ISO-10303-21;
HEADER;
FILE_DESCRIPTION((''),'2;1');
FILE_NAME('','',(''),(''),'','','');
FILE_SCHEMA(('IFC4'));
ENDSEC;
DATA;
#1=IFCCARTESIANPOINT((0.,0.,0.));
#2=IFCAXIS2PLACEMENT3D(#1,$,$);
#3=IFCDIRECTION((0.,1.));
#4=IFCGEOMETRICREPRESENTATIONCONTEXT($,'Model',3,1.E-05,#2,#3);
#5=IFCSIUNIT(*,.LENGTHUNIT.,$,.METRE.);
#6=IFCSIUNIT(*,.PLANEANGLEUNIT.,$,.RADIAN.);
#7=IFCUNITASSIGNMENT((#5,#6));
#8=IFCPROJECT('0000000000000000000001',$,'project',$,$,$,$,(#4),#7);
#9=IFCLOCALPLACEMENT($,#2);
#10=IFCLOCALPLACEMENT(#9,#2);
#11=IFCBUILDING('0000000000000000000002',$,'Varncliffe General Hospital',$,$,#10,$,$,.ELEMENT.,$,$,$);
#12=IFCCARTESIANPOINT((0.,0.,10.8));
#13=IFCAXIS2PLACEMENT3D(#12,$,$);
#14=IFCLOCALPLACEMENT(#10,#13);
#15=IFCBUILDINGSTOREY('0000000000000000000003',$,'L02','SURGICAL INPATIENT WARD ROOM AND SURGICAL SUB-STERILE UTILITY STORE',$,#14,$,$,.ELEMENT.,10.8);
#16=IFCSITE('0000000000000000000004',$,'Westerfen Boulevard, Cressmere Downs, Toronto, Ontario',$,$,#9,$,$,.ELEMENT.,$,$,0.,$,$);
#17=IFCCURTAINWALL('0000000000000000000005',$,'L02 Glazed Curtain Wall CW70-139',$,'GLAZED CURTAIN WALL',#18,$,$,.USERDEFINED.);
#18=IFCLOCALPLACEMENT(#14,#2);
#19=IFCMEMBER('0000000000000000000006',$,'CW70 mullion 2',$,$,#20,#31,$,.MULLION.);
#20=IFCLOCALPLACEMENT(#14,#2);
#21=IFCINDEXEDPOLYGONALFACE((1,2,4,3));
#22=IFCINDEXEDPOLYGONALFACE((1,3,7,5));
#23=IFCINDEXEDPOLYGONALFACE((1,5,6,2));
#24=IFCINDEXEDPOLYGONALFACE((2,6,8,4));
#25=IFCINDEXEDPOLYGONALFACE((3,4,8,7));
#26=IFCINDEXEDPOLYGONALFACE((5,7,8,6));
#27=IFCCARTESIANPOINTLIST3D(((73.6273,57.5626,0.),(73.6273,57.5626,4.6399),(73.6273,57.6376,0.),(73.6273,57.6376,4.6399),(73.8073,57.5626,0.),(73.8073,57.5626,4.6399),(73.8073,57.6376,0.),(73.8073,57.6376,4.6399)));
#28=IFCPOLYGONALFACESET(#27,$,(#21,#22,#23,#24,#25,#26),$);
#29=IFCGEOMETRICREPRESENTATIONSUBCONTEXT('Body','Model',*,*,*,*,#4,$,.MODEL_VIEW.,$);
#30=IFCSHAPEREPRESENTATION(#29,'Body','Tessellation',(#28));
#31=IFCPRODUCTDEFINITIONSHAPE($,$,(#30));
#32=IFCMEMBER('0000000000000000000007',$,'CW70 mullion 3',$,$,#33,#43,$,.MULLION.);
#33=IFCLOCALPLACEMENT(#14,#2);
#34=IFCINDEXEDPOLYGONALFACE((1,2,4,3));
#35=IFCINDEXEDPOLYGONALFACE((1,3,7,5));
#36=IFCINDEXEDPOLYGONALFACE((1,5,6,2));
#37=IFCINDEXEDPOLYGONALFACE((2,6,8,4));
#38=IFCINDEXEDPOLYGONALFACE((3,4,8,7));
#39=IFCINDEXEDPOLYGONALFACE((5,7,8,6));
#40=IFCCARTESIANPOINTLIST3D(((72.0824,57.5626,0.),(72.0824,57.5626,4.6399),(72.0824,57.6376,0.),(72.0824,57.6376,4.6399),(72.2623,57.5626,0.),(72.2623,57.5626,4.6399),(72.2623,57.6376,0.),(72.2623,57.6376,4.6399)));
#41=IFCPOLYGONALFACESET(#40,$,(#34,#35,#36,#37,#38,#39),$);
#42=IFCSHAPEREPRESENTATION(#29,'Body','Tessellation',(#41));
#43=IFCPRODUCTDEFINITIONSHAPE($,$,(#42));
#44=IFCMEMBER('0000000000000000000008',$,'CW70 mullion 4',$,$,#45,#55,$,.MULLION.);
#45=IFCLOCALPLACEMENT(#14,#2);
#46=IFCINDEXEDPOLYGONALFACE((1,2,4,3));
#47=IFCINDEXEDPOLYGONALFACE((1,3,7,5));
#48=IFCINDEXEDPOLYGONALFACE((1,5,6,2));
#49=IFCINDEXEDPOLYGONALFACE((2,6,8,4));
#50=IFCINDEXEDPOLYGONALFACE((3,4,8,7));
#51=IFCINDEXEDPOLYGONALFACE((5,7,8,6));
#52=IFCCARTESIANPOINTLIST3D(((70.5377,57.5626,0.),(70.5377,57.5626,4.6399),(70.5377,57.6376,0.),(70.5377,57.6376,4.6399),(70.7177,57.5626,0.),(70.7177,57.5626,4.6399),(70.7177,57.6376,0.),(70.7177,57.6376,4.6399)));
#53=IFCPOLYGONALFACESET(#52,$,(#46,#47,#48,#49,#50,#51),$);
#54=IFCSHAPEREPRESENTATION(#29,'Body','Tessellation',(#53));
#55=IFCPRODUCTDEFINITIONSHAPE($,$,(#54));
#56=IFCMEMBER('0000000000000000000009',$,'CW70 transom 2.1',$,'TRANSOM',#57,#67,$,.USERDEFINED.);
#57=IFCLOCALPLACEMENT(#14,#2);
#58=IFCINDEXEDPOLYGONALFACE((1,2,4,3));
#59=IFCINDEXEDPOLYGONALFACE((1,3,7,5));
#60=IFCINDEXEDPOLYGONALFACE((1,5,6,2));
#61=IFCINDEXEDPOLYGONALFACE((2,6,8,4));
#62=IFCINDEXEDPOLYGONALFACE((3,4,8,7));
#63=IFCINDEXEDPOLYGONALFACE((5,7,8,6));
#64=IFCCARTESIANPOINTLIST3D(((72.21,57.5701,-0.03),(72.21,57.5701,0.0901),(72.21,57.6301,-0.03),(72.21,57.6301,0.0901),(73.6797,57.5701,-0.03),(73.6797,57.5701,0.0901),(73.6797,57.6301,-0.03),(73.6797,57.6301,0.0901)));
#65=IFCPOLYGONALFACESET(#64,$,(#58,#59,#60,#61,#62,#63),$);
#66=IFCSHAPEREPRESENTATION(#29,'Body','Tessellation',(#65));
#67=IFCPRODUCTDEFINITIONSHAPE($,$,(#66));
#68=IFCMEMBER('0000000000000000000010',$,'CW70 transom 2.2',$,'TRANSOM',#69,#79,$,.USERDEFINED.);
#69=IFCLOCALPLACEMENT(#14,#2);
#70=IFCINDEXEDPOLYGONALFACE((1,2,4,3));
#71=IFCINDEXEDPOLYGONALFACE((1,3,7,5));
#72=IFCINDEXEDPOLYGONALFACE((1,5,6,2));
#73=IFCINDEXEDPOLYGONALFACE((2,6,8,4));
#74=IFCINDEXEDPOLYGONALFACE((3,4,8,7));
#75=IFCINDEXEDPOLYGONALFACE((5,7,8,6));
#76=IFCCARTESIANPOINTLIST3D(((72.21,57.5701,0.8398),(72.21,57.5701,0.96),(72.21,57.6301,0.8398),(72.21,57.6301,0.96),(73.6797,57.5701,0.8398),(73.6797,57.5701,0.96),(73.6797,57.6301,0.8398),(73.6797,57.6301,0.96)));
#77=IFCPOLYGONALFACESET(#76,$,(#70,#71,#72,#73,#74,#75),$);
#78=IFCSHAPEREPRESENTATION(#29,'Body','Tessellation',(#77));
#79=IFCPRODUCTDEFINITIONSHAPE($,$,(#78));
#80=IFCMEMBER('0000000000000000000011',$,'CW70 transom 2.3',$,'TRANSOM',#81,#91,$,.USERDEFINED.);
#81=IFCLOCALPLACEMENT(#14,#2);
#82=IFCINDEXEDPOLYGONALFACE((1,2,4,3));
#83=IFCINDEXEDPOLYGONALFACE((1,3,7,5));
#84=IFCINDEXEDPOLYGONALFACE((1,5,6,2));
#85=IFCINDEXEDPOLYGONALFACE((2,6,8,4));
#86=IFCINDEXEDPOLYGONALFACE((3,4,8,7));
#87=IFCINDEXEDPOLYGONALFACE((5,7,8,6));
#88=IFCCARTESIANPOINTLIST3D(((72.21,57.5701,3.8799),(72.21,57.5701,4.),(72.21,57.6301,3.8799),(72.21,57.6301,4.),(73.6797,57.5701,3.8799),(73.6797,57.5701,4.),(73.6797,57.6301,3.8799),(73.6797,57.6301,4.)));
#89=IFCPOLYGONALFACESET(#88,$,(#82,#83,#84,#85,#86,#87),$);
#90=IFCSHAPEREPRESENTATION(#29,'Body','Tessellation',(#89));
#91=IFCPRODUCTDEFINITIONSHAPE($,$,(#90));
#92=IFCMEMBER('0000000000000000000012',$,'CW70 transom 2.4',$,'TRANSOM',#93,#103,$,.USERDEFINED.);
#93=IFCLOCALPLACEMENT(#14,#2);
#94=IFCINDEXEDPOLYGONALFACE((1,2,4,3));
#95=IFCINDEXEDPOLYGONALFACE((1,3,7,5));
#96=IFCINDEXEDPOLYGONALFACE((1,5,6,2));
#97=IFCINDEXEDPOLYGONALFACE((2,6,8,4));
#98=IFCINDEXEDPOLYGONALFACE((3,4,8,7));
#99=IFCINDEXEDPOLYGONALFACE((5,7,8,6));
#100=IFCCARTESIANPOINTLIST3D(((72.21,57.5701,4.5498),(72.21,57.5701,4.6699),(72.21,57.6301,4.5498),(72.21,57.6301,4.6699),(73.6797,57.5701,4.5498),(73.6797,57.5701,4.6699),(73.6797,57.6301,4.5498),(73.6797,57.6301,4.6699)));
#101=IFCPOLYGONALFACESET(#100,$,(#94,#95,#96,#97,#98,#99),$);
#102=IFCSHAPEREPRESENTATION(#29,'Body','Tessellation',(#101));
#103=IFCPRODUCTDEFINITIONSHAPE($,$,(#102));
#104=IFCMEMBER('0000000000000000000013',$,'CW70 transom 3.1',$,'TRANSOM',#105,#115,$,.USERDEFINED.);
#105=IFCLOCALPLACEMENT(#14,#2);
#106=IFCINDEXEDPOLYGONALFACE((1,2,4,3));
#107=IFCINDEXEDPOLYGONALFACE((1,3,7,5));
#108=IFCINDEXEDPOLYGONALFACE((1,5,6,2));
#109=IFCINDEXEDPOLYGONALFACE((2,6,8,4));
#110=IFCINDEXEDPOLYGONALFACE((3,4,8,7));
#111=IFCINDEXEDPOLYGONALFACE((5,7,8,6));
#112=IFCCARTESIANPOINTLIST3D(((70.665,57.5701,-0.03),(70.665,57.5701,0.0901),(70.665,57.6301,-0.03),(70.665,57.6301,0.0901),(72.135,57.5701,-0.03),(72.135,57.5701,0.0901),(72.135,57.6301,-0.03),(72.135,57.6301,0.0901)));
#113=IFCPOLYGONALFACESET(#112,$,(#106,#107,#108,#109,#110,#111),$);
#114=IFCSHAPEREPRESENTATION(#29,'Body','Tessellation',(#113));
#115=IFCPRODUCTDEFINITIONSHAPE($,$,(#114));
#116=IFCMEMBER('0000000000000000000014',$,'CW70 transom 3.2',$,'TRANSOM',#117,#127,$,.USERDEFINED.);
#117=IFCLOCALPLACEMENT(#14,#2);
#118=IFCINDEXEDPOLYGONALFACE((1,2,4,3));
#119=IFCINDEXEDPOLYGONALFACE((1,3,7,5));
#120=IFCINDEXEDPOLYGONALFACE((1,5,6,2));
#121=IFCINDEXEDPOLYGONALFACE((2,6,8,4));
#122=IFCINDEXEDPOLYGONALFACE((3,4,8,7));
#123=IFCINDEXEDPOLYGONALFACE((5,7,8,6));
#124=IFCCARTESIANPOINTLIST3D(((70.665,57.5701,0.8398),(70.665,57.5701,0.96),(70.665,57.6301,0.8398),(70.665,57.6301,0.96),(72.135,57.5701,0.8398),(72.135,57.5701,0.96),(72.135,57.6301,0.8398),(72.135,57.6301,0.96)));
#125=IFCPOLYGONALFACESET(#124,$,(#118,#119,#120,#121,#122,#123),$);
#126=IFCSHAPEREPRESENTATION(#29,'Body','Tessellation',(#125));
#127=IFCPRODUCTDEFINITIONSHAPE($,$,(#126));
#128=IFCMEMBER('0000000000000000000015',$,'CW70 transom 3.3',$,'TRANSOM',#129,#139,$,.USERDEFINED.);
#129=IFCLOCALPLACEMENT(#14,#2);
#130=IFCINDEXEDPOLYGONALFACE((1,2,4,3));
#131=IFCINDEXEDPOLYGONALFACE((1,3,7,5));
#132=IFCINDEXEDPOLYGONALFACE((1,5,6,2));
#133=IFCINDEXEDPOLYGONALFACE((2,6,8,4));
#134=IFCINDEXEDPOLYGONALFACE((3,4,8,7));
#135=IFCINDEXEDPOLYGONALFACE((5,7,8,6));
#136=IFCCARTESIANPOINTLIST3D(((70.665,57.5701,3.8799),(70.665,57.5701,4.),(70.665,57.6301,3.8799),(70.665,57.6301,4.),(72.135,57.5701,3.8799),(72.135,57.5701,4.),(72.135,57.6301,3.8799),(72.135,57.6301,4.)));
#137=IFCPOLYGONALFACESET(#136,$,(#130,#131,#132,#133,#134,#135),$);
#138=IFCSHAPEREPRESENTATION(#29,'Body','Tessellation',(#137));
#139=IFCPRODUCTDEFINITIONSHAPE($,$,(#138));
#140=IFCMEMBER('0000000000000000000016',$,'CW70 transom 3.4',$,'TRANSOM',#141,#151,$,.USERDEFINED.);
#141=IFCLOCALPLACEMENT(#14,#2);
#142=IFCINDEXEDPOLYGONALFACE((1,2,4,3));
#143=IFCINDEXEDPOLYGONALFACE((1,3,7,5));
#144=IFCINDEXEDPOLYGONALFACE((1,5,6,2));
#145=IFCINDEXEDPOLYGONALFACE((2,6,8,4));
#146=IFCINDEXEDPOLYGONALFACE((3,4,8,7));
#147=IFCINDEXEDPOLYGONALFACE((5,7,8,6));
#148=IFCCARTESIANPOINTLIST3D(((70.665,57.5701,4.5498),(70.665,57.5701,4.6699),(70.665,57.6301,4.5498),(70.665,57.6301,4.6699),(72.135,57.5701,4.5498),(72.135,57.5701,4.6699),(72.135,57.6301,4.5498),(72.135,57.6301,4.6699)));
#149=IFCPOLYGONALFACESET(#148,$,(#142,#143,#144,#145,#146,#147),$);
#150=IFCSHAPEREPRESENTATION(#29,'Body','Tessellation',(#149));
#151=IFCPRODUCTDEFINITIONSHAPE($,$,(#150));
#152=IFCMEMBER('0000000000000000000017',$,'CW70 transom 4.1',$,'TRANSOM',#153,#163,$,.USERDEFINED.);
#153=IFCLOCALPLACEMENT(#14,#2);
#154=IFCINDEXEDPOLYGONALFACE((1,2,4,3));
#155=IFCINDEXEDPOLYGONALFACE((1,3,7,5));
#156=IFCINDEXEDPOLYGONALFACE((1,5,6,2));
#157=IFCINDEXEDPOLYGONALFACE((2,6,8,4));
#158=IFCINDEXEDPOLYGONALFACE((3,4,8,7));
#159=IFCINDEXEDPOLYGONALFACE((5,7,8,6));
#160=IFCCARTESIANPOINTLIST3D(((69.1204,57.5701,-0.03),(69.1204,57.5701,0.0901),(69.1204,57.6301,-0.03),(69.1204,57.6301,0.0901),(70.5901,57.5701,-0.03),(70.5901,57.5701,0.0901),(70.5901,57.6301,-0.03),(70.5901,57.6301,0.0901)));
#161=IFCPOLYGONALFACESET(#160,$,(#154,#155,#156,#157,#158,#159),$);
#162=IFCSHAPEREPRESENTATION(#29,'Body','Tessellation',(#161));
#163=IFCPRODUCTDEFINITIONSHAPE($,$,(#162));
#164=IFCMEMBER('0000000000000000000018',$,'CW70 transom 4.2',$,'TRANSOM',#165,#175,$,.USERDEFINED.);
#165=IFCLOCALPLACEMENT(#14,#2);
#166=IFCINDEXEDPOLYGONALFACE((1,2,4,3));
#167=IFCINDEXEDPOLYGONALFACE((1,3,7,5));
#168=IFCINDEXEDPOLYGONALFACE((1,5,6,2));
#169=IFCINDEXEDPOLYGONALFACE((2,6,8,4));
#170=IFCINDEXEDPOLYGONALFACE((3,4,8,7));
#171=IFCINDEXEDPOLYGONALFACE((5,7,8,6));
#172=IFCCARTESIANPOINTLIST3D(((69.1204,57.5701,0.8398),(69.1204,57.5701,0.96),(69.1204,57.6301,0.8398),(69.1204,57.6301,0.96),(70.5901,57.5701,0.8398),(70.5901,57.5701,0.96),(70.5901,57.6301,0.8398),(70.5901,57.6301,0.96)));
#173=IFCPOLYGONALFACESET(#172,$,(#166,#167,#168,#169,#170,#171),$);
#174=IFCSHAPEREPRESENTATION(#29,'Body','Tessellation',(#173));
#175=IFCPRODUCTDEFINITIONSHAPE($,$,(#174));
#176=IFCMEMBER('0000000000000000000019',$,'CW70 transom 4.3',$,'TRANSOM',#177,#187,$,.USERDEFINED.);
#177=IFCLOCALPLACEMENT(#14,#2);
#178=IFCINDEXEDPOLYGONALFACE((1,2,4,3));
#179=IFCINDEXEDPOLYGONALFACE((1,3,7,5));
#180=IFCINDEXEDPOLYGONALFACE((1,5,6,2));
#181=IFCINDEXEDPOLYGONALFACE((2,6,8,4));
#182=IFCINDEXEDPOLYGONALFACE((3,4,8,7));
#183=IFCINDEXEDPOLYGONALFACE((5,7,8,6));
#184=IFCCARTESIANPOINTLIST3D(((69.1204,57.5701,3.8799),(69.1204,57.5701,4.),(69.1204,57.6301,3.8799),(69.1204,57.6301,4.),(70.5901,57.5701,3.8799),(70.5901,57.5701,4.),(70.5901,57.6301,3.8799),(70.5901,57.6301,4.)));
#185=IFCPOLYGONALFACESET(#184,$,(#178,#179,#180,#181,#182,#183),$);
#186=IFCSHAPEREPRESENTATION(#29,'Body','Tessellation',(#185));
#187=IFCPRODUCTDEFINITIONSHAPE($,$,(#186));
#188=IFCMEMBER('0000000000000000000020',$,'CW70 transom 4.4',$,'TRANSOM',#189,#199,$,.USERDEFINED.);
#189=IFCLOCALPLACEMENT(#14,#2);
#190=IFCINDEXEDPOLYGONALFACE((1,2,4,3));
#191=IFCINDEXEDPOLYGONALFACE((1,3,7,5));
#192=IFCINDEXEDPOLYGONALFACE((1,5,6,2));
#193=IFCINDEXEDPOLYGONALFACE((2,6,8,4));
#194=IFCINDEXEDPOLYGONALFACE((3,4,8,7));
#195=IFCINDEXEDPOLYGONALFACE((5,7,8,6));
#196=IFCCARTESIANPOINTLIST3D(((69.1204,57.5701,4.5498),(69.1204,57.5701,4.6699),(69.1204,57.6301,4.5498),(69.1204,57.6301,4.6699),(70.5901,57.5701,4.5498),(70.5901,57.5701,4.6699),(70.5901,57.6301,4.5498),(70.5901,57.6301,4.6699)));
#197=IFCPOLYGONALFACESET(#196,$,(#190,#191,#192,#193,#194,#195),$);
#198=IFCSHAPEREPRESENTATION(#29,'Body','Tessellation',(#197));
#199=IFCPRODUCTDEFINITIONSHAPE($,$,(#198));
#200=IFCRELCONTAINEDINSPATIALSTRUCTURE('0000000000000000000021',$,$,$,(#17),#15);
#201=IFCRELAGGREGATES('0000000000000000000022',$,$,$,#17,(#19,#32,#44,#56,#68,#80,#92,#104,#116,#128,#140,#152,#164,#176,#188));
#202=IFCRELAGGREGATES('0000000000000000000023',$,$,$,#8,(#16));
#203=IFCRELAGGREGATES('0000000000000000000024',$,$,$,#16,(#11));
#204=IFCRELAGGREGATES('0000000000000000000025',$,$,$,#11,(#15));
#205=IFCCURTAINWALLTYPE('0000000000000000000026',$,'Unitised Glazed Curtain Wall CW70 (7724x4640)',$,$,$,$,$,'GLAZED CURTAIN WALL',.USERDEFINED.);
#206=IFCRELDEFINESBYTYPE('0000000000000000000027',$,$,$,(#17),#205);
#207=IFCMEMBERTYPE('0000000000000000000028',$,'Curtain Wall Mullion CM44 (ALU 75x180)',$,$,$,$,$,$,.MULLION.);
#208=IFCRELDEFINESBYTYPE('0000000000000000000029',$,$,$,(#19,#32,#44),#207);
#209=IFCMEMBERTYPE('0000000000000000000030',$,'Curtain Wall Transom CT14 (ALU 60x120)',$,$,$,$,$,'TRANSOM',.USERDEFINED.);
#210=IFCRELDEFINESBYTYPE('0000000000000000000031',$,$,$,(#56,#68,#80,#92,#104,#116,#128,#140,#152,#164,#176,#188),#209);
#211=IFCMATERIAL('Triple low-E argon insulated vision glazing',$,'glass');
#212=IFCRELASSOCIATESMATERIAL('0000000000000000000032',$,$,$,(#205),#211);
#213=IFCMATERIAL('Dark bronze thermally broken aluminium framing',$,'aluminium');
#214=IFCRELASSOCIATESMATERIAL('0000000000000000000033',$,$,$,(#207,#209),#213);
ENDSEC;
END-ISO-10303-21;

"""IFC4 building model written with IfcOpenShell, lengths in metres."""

from ifc_helpers import new_model, si_unit, direction, frame, origin, origin_2d, place, context, subcontext, project, spatial, rectangle, extrude, material, material_profile, profile_set, type_object, element, aggregate, save


model = new_model("IFC4")

# Units and contexts
model_context = context("Model", 3, precision=1e-05, world=origin(), true_north=direction((0.0, 1.0)))
body_context = subcontext(model_context, "Body", "Model", "MODEL_VIEW")
ifc_project = project(units=[si_unit("LENGTHUNIT", "METRE"), si_unit("PLANEANGLEUNIT", "RADIAN")], contexts=[model_context])

# Site, building, storey
site_placement = place(None, origin())
site = spatial("IfcSite", under=ifc_project, at=site_placement, Name="Westerfen Boulevard, Cressmere Downs, Toronto, Ontario", CompositionType="ELEMENT", RefElevation=0.0)
building_placement = place(site_placement, origin())
building = spatial("IfcBuilding", under=site, at=building_placement, Name="Varncliffe General Hospital", CompositionType="ELEMENT")
storey_placement = place(building_placement, frame((0.0, 0.0, 10.8)))
storey = spatial("IfcBuildingStorey", under=building, at=storey_placement, Name="L02", Description="SURGICAL INPATIENT WARD ROOM AND SURGICAL SUB-STERILE UTILITY STORE", CompositionType="ELEMENT", Elevation=10.8)

# Curtain wall, members
ifc_material_1 = material(Name="Triple low-E argon insulated vision glazing", Category="glass")
curtain_wall_type = type_object("IfcCurtainWallType", Name="Unitised Glazed Curtain Wall CW70 (7724x4640)", ElementType="GLAZED CURTAIN WALL", PredefinedType="USERDEFINED", material=ifc_material_1)
curtain_wall_placement = place(storey_placement, origin())
curtain_wall = element("IfcCurtainWall", 1, at=curtain_wall_placement, inside=storey, type_object=curtain_wall_type, Name="L02 Glazed Curtain Wall CW70-139", ObjectType="GLAZED CURTAIN WALL", PredefinedType="USERDEFINED")
ifc_material_2 = material(Name="Dark bronze thermally broken aluminium framing", Category="aluminium")
ifc_material_profile_1 = material_profile(ifc_material_2, rectangle(XDim=0.075, YDim=0.1799, at=origin_2d()), Name="ALU 75x180")
ifc_profile_set_1 = profile_set([ifc_material_profile_1], Name="Dark bronze thermally broken aluminium framing")
member_type_1 = type_object("IfcMemberType", Name="Curtain Wall Mullion CM44 (ALU 75x180)", PredefinedType="MULLION", material=ifc_profile_set_1)
member_1_placement = place(storey_placement, frame((73.7173, 57.6001, 0.0), z_axis=(0.0, 0.0, 1.0), x_axis=(0.0, -1.0, 0.0)))
member_1 = element("IfcMember", 2, at=member_1_placement, type_object=member_type_1, Name="CW70 mullion 2", PredefinedType="MULLION", context=body_context, shape_type="SweptSolid", body=[
    extrude(rectangle(XDim=0.075, YDim=0.1799, at=origin_2d()), origin(), (0.0, 0.0, 1.0), 4.6399),
])
member_2_placement = place(storey_placement, frame((72.1724, 57.6001, 0.0), z_axis=(0.0, 0.0, 1.0), x_axis=(0.0, -1.0, 0.0)))
member_2 = element("IfcMember", 3, at=member_2_placement, type_object=member_type_1, Name="CW70 mullion 3", PredefinedType="MULLION", context=body_context, shape_type="SweptSolid", body=[
    extrude(rectangle(XDim=0.075, YDim=0.1799, at=origin_2d()), origin(), (0.0, 0.0, 1.0), 4.6399),
])
member_3_placement = place(storey_placement, frame((70.6277, 57.6001, 0.0), z_axis=(0.0, 0.0, 1.0), x_axis=(0.0, -1.0, 0.0)))
member_3 = element("IfcMember", 4, at=member_3_placement, type_object=member_type_1, Name="CW70 mullion 4", PredefinedType="MULLION", context=body_context, shape_type="SweptSolid", body=[
    extrude(rectangle(XDim=0.075, YDim=0.1799, at=origin_2d()), origin(), (0.0, 0.0, 1.0), 4.6399),
])
ifc_material_profile_2 = material_profile(ifc_material_2, rectangle(XDim=0.0601, YDim=0.1201, at=origin_2d()), Name="ALU 60x120")
ifc_profile_set_2 = profile_set([ifc_material_profile_2], Name="Dark bronze thermally broken aluminium framing")
member_type_2 = type_object("IfcMemberType", Name="Curtain Wall Transom CT14 (ALU 60x120)", ElementType="TRANSOM", PredefinedType="USERDEFINED", material=ifc_profile_set_2)
member_4_placement = place(storey_placement, frame((73.6797, 57.6001, 0.03), z_axis=(-1.0, 0.0, 0.0), x_axis=(0.0, -1.0, 0.0)))
member_4 = element("IfcMember", 5, at=member_4_placement, type_object=member_type_2, Name="CW70 transom 2.1", ObjectType="TRANSOM", PredefinedType="USERDEFINED", context=body_context, shape_type="SweptSolid", body=[
    extrude(rectangle(XDim=0.0601, YDim=0.1201, at=origin_2d()), origin(), (0.0, 0.0, 1.0), 1.4697),
])
member_5_placement = place(storey_placement, frame((73.6797, 57.6001, 0.8999), z_axis=(-1.0, 0.0, 0.0), x_axis=(0.0, -1.0, 0.0)))
member_5 = element("IfcMember", 6, at=member_5_placement, type_object=member_type_2, Name="CW70 transom 2.2", ObjectType="TRANSOM", PredefinedType="USERDEFINED", context=body_context, shape_type="SweptSolid", body=[
    extrude(rectangle(XDim=0.0601, YDim=0.1201, at=origin_2d()), origin(), (0.0, 0.0, 1.0), 1.4697),
])
member_6_placement = place(storey_placement, frame((73.6797, 57.6001, 3.9399), z_axis=(-1.0, 0.0, 0.0), x_axis=(0.0, -1.0, 0.0)))
member_6 = element("IfcMember", 7, at=member_6_placement, type_object=member_type_2, Name="CW70 transom 2.3", ObjectType="TRANSOM", PredefinedType="USERDEFINED", context=body_context, shape_type="SweptSolid", body=[
    extrude(rectangle(XDim=0.0601, YDim=0.1201, at=origin_2d()), origin(), (0.0, 0.0, 1.0), 1.4697),
])
member_7_placement = place(storey_placement, frame((73.6797, 57.6001, 4.6099), z_axis=(-1.0, 0.0, 0.0), x_axis=(0.0, -1.0, 0.0)))
member_7 = element("IfcMember", 8, at=member_7_placement, type_object=member_type_2, Name="CW70 transom 2.4", ObjectType="TRANSOM", PredefinedType="USERDEFINED", context=body_context, shape_type="SweptSolid", body=[
    extrude(rectangle(XDim=0.0601, YDim=0.1201, at=origin_2d()), origin(), (0.0, 0.0, 1.0), 1.4697),
])
member_8_placement = place(storey_placement, frame((72.135, 57.6001, 0.03), z_axis=(-1.0, 0.0, 0.0), x_axis=(0.0, -1.0, 0.0)))
member_8 = element("IfcMember", 9, at=member_8_placement, type_object=member_type_2, Name="CW70 transom 3.1", ObjectType="TRANSOM", PredefinedType="USERDEFINED", context=body_context, shape_type="SweptSolid", body=[
    extrude(rectangle(XDim=0.0601, YDim=0.1201, at=origin_2d()), origin(), (0.0, 0.0, 1.0), 1.47),
])
member_9_placement = place(storey_placement, frame((72.135, 57.6001, 0.8999), z_axis=(-1.0, 0.0, 0.0), x_axis=(0.0, -1.0, 0.0)))
member_9 = element("IfcMember", 10, at=member_9_placement, type_object=member_type_2, Name="CW70 transom 3.2", ObjectType="TRANSOM", PredefinedType="USERDEFINED", context=body_context, shape_type="SweptSolid", body=[
    extrude(rectangle(XDim=0.0601, YDim=0.1201, at=origin_2d()), origin(), (0.0, 0.0, 1.0), 1.47),
])
member_10_placement = place(storey_placement, frame((72.135, 57.6001, 3.9399), z_axis=(-1.0, 0.0, 0.0), x_axis=(0.0, -1.0, 0.0)))
member_10 = element("IfcMember", 11, at=member_10_placement, type_object=member_type_2, Name="CW70 transom 3.3", ObjectType="TRANSOM", PredefinedType="USERDEFINED", context=body_context, shape_type="SweptSolid", body=[
    extrude(rectangle(XDim=0.0601, YDim=0.1201, at=origin_2d()), origin(), (0.0, 0.0, 1.0), 1.47),
])
member_11_placement = place(storey_placement, frame((72.135, 57.6001, 4.6099), z_axis=(-1.0, 0.0, 0.0), x_axis=(0.0, -1.0, 0.0)))
member_11 = element("IfcMember", 12, at=member_11_placement, type_object=member_type_2, Name="CW70 transom 3.4", ObjectType="TRANSOM", PredefinedType="USERDEFINED", context=body_context, shape_type="SweptSolid", body=[
    extrude(rectangle(XDim=0.0601, YDim=0.1201, at=origin_2d()), origin(), (0.0, 0.0, 1.0), 1.47),
])
member_12_placement = place(storey_placement, frame((70.5901, 57.6001, 0.03), z_axis=(-1.0, 0.0, 0.0), x_axis=(0.0, -1.0, 0.0)))
member_12 = element("IfcMember", 13, at=member_12_placement, type_object=member_type_2, Name="CW70 transom 4.1", ObjectType="TRANSOM", PredefinedType="USERDEFINED", context=body_context, shape_type="SweptSolid", body=[
    extrude(rectangle(XDim=0.0601, YDim=0.1201, at=origin_2d()), origin(), (0.0, 0.0, 1.0), 1.4697),
])
member_13_placement = place(storey_placement, frame((70.5901, 57.6001, 0.8999), z_axis=(-1.0, 0.0, 0.0), x_axis=(0.0, -1.0, 0.0)))
member_13 = element("IfcMember", 14, at=member_13_placement, type_object=member_type_2, Name="CW70 transom 4.2", ObjectType="TRANSOM", PredefinedType="USERDEFINED", context=body_context, shape_type="SweptSolid", body=[
    extrude(rectangle(XDim=0.0601, YDim=0.1201, at=origin_2d()), origin(), (0.0, 0.0, 1.0), 1.4697),
])
member_14_placement = place(storey_placement, frame((70.5901, 57.6001, 3.9399), z_axis=(-1.0, 0.0, 0.0), x_axis=(0.0, -1.0, 0.0)))
member_14 = element("IfcMember", 15, at=member_14_placement, type_object=member_type_2, Name="CW70 transom 4.3", ObjectType="TRANSOM", PredefinedType="USERDEFINED", context=body_context, shape_type="SweptSolid", body=[
    extrude(rectangle(XDim=0.0601, YDim=0.1201, at=origin_2d()), origin(), (0.0, 0.0, 1.0), 1.4697),
])
member_15_placement = place(storey_placement, frame((70.5901, 57.6001, 4.6099), z_axis=(-1.0, 0.0, 0.0), x_axis=(0.0, -1.0, 0.0)))
member_15 = element("IfcMember", 16, at=member_15_placement, type_object=member_type_2, Name="CW70 transom 4.4", ObjectType="TRANSOM", PredefinedType="USERDEFINED", context=body_context, shape_type="SweptSolid", body=[
    extrude(rectangle(XDim=0.0601, YDim=0.1201, at=origin_2d()), origin(), (0.0, 0.0, 1.0), 1.4697),
])
aggregate(curtain_wall, [member_1, member_2, member_3, member_4, member_5, member_6, member_7, member_8, member_9, member_10, member_11, member_12, member_13, member_14, member_15])

save(model, "model.ifc")
